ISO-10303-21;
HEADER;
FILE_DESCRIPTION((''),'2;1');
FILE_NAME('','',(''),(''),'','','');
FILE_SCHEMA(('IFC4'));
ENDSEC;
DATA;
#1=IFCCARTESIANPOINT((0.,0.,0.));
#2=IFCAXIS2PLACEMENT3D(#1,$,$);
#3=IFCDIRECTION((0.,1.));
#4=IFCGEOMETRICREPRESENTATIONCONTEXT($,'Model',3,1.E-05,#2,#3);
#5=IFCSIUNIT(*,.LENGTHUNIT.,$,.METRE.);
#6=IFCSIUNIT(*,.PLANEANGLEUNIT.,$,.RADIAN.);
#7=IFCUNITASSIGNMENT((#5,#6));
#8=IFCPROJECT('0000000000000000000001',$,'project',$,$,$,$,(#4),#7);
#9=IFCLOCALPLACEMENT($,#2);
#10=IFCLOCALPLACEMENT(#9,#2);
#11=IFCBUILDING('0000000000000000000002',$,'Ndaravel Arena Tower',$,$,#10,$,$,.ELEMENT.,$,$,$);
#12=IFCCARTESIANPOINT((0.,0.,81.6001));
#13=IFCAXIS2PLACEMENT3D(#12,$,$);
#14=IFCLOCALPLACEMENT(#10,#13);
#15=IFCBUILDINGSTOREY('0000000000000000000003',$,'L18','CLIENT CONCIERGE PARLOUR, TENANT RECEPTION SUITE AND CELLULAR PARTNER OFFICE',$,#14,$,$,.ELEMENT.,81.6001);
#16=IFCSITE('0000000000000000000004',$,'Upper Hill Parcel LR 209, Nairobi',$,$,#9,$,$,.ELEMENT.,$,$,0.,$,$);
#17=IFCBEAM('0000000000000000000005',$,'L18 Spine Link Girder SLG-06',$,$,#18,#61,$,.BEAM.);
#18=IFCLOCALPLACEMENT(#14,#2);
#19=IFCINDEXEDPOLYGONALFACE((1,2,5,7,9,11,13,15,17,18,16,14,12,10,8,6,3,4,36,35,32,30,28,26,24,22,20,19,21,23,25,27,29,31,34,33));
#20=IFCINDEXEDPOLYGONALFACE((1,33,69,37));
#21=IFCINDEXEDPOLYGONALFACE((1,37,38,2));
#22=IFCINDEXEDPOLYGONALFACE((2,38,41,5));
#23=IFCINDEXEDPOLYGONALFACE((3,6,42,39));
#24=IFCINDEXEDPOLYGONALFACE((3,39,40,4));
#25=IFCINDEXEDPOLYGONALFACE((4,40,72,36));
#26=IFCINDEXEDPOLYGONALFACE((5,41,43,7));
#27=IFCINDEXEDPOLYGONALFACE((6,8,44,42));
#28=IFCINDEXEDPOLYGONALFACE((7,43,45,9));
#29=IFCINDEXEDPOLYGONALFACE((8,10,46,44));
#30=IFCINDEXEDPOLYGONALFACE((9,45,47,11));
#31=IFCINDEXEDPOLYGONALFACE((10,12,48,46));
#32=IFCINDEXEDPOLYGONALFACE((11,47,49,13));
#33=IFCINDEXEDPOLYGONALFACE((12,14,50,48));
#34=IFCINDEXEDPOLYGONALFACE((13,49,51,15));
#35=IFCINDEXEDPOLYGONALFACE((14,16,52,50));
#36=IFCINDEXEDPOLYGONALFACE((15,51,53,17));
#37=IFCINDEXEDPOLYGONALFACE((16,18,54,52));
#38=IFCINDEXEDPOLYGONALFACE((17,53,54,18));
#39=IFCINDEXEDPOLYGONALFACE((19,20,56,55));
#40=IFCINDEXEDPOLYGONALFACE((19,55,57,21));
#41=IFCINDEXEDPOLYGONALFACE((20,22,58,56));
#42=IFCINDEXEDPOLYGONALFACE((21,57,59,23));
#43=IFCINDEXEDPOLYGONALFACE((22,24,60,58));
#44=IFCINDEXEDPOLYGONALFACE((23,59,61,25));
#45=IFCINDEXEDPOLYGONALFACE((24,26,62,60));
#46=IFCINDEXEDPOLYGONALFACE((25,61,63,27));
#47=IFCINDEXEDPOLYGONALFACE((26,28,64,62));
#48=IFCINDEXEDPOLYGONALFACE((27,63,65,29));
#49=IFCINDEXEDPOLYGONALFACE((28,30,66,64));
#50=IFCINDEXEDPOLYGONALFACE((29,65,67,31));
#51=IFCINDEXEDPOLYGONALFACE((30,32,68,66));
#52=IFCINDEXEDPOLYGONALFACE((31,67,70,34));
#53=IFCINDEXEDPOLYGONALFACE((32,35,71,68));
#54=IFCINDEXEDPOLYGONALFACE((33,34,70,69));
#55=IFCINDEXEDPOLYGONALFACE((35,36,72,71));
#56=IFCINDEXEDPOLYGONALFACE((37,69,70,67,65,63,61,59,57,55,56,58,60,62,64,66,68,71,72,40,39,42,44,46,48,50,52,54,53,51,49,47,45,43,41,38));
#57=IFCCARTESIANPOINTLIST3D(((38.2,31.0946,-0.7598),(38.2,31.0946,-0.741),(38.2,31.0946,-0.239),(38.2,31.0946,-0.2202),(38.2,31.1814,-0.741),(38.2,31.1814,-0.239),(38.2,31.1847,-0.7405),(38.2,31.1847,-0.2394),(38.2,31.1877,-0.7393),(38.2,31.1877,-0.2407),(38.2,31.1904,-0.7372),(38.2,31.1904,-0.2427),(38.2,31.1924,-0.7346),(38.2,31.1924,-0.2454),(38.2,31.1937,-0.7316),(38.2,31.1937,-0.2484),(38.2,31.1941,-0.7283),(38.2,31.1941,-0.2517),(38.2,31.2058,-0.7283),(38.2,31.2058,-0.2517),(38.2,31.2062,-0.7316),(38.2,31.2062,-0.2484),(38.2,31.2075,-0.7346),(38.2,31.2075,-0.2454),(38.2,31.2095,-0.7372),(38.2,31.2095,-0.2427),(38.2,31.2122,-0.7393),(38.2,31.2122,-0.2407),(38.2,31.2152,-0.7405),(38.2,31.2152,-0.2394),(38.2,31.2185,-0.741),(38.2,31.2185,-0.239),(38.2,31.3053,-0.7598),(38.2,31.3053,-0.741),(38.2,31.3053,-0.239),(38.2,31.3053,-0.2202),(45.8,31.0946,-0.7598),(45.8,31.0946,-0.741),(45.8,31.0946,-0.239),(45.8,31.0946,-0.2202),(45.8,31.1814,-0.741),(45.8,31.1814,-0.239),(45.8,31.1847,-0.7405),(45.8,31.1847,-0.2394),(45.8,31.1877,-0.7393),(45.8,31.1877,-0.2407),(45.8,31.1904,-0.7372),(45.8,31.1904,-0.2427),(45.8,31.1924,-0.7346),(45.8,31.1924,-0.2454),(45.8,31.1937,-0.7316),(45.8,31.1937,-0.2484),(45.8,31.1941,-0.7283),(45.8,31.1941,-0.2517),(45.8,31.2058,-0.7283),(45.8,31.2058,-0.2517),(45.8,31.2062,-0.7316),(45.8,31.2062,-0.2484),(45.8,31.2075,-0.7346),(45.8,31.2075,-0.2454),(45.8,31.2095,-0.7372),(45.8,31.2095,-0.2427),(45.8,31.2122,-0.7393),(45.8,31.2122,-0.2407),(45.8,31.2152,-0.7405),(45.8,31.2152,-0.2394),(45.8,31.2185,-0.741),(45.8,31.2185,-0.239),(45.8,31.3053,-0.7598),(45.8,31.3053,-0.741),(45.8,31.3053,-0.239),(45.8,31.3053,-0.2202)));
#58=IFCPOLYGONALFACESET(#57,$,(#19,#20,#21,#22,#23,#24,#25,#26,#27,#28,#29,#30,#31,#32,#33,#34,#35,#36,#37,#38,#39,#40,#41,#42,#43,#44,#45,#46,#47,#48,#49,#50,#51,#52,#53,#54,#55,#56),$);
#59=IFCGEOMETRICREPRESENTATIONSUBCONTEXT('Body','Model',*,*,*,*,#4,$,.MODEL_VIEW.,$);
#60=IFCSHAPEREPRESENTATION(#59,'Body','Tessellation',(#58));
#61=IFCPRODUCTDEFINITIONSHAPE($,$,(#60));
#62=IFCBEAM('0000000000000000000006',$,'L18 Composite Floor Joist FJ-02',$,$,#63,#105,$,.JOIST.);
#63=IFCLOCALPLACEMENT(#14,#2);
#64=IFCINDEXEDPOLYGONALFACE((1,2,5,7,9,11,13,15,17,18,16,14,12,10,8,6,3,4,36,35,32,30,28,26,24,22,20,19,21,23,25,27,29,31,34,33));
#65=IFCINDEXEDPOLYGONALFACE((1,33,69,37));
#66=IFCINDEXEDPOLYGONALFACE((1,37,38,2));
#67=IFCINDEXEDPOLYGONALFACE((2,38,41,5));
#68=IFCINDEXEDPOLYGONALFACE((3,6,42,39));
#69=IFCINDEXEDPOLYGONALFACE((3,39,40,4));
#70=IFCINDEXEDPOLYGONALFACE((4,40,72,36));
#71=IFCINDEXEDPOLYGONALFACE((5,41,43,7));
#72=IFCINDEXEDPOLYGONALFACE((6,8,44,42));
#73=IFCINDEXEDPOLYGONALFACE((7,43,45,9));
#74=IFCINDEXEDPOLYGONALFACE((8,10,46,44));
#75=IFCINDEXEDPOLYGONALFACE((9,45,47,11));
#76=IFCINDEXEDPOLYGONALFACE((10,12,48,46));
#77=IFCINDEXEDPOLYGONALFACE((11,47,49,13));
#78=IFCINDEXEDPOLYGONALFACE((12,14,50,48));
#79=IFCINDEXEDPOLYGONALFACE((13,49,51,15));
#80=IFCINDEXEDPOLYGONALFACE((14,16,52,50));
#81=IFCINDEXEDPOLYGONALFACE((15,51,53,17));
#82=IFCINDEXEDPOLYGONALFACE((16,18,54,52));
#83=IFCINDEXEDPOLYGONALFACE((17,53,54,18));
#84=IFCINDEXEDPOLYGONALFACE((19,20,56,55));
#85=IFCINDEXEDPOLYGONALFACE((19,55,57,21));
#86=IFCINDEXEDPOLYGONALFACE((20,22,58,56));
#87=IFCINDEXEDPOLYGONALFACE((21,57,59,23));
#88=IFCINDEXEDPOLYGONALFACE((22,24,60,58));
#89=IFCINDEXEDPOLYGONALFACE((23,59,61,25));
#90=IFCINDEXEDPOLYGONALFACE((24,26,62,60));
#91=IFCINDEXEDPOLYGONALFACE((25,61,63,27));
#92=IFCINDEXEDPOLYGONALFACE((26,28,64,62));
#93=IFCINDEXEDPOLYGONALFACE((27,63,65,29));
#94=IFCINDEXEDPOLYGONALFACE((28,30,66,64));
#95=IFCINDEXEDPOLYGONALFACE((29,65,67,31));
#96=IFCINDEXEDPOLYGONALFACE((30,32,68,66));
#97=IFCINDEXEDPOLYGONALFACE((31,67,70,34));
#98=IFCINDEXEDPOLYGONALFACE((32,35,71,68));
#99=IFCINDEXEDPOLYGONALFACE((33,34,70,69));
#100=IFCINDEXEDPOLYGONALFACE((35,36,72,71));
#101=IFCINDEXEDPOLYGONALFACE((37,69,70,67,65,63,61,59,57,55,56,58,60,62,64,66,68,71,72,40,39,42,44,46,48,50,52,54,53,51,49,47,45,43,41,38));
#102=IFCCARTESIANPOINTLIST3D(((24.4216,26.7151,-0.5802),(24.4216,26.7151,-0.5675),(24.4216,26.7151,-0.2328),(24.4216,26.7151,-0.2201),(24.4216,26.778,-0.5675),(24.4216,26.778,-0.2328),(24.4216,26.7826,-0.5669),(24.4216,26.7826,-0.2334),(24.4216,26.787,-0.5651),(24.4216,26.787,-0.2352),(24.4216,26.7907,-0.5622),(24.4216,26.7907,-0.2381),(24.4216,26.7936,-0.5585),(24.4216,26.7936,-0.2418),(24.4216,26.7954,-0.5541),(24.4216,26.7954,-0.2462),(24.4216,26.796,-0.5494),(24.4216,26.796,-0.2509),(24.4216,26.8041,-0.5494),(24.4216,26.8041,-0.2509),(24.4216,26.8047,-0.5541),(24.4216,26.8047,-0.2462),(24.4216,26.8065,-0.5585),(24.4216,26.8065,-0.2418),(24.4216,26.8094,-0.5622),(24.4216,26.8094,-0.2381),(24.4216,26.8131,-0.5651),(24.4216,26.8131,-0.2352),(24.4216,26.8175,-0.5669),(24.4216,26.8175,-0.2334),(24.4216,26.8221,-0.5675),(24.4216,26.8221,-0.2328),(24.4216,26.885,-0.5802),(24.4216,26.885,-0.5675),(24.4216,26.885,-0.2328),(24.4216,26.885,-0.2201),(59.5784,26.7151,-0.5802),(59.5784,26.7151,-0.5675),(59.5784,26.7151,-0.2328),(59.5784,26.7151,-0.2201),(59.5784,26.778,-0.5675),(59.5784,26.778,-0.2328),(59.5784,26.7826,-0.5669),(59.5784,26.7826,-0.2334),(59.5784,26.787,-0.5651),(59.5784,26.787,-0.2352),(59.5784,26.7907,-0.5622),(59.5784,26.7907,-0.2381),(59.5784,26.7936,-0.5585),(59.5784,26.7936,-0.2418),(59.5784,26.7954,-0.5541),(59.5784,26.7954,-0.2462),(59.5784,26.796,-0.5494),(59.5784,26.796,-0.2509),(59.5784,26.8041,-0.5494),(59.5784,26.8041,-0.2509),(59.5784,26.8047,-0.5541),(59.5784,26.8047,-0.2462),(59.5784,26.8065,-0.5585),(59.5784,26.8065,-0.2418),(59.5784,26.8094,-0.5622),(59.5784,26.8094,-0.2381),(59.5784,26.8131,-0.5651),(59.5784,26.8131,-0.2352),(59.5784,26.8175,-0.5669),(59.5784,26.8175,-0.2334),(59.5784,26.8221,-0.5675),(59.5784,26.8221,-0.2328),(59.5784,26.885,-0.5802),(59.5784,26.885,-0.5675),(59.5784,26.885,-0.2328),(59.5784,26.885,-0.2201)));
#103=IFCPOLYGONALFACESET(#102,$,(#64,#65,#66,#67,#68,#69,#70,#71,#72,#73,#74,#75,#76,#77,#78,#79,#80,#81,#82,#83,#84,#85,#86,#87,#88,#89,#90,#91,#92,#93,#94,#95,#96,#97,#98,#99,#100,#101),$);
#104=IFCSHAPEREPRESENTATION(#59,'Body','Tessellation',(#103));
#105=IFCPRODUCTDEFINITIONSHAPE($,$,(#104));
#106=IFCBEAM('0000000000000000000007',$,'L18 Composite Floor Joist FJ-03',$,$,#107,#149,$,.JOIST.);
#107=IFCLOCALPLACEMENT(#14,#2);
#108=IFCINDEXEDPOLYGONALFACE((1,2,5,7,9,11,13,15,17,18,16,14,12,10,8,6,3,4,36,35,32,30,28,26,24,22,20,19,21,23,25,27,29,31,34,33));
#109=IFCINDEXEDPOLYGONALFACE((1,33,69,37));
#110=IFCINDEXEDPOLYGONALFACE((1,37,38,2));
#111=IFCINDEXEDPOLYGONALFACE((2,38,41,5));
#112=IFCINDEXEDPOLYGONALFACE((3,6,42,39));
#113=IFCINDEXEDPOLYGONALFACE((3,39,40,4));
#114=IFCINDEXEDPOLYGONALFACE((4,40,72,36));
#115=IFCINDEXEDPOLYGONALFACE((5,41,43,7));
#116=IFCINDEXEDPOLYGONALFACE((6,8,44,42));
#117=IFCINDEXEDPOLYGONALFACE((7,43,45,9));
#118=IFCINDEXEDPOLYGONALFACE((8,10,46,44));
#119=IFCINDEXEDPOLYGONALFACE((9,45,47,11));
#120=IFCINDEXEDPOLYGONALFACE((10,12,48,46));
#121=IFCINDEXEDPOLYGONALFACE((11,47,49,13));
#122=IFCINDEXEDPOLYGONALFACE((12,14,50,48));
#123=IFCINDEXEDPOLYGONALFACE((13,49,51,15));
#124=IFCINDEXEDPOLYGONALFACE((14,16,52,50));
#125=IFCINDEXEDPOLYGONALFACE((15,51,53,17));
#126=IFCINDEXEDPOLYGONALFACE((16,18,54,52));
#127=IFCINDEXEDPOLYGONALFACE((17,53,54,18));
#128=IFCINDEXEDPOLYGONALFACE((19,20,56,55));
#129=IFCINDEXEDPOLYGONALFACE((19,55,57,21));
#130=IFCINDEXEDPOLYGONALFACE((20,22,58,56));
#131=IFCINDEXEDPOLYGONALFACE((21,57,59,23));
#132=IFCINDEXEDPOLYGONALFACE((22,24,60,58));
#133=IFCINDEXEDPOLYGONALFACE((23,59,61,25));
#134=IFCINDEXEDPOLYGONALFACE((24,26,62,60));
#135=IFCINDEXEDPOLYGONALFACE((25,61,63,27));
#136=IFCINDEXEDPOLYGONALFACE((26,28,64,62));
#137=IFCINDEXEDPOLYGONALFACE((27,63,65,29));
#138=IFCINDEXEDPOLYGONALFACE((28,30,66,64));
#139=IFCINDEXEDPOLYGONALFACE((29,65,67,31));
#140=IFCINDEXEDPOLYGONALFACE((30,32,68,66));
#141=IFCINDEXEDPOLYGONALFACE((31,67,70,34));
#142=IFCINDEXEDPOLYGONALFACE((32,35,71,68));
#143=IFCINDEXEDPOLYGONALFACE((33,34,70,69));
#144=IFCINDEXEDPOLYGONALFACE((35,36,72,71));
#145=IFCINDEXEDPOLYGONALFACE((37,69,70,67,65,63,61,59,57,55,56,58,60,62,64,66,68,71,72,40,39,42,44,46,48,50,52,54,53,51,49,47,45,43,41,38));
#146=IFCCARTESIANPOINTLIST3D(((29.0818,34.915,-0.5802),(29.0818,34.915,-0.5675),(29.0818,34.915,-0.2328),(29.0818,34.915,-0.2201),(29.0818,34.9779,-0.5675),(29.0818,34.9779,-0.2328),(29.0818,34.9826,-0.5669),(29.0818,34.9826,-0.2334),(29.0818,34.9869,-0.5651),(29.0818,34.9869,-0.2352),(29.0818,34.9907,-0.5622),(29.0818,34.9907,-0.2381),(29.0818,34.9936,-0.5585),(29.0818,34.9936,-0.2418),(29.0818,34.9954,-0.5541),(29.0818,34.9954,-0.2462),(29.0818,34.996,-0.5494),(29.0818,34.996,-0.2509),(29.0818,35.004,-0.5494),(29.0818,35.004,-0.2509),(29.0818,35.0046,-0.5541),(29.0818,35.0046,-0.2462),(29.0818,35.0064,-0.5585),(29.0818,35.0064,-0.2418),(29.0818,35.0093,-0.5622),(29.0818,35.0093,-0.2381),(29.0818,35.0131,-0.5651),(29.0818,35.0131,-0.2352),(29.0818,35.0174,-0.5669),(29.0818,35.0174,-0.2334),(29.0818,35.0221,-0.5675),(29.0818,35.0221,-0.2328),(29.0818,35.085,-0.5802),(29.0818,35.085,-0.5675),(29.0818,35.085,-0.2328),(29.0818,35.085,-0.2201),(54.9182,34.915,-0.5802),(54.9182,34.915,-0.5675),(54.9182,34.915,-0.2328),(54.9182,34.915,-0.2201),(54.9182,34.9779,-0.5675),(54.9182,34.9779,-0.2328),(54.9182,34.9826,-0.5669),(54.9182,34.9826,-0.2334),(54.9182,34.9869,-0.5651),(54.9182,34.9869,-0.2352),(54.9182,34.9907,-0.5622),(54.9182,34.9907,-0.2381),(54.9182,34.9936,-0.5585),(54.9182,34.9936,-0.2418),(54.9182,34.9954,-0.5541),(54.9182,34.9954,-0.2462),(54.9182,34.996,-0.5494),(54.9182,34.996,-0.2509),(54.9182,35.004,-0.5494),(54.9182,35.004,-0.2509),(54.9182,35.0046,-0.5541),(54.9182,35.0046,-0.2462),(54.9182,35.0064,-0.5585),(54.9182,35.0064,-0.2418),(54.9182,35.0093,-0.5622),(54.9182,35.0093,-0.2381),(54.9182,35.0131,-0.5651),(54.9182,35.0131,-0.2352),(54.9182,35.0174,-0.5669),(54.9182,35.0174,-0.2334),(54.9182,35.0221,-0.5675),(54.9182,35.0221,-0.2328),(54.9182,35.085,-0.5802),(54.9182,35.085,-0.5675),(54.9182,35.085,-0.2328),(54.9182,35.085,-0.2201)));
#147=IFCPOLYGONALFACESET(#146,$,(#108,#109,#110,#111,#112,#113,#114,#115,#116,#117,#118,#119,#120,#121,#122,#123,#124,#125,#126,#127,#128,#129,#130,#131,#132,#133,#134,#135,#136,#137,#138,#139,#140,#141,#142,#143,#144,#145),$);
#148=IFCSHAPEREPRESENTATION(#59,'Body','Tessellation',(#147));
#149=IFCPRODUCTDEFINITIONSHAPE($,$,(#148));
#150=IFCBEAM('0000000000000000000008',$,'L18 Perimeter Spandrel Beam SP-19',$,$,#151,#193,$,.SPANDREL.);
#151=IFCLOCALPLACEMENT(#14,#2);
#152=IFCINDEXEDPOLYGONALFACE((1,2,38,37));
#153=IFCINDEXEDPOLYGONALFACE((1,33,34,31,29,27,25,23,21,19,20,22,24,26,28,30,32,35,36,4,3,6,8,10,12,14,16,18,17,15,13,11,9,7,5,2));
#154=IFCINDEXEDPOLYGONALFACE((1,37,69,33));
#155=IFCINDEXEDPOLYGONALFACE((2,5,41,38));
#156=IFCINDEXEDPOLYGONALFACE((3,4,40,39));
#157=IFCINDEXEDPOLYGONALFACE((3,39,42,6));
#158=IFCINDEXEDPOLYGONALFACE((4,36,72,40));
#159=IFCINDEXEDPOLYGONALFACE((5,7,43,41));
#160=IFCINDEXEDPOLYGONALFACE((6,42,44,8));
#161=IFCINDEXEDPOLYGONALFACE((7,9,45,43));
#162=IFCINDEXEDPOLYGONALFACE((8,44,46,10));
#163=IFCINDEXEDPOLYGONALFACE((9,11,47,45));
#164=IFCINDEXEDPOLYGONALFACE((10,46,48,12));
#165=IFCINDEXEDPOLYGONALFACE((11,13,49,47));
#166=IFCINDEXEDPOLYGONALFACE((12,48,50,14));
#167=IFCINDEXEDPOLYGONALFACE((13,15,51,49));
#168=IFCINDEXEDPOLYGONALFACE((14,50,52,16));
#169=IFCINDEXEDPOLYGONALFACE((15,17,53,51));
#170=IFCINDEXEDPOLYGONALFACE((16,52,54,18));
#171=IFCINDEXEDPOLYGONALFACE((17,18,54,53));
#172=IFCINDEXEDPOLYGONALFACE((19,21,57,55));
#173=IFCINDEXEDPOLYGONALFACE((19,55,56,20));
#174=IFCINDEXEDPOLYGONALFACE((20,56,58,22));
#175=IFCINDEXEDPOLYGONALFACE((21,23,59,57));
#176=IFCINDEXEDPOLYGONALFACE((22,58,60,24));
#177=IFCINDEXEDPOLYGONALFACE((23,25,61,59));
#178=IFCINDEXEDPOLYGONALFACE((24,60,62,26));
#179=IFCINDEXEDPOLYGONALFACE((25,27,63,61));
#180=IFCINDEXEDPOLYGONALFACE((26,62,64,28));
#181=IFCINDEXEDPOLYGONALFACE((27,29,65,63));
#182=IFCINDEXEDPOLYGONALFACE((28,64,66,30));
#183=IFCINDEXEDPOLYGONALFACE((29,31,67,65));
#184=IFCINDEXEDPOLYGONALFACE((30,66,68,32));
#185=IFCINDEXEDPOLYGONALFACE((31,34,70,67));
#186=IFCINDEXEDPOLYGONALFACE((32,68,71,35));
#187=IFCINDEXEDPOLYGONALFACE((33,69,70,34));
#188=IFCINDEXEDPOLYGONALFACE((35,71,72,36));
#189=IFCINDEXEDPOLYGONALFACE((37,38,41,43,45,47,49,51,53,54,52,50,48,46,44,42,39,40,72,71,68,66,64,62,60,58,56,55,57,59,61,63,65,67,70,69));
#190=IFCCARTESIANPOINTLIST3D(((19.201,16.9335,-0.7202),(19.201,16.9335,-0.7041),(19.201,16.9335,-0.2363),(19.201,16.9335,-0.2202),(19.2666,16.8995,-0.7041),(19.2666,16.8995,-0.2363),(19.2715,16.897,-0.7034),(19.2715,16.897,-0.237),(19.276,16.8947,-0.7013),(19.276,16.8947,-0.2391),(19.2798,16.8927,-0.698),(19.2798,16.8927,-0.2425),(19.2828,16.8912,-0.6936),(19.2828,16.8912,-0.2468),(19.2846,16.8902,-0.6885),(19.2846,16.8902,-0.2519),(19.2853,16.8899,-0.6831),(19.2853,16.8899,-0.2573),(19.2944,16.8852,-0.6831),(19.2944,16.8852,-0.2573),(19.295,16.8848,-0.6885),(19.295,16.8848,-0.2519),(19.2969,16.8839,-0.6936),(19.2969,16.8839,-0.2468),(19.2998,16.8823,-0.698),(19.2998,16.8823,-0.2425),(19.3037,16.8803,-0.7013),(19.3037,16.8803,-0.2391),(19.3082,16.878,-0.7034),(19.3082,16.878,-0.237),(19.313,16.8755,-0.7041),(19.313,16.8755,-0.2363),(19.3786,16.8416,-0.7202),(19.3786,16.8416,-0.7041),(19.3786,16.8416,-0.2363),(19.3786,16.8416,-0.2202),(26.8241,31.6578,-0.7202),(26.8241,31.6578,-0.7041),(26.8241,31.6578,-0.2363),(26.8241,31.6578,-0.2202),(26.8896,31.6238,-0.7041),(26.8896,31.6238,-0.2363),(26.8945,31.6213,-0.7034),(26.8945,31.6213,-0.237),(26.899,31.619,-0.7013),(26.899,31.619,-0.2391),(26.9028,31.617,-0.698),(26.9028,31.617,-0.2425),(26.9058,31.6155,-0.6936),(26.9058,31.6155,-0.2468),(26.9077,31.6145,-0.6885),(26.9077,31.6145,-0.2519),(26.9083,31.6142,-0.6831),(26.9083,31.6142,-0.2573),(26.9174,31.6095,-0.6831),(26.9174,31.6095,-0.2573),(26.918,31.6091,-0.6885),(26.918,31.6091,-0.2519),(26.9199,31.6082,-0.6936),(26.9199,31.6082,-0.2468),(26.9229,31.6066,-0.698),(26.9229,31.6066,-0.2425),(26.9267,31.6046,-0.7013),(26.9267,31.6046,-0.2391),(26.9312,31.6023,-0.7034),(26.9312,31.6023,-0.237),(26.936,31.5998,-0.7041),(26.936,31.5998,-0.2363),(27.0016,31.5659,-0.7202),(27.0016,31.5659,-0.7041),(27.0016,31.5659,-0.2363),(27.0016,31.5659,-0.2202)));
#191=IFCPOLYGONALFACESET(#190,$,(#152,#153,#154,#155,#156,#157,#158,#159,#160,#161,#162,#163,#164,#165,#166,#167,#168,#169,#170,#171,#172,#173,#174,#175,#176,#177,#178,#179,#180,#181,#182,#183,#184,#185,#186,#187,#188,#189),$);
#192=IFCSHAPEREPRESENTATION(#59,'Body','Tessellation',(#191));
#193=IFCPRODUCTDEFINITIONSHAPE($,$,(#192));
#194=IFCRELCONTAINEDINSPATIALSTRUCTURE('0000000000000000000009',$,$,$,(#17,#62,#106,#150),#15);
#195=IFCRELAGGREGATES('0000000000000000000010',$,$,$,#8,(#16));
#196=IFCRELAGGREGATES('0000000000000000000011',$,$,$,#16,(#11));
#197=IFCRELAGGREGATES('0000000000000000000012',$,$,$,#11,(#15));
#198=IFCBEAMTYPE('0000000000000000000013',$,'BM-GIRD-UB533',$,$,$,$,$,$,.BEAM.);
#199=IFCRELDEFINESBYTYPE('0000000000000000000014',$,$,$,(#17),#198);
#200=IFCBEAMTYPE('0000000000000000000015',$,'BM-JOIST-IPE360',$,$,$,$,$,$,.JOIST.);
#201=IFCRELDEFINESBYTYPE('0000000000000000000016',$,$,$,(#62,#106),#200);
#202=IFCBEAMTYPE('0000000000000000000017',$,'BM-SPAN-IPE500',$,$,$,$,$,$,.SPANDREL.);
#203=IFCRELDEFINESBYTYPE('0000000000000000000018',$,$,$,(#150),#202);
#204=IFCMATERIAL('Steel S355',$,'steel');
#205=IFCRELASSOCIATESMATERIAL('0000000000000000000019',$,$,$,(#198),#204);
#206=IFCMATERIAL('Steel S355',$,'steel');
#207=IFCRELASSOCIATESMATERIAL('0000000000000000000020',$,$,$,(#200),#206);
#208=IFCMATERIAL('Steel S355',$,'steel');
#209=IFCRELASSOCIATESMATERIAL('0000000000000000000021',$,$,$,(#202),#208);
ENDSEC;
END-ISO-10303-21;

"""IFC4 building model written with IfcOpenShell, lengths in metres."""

from ifc_helpers import new_model, si_unit, direction, frame, origin, origin_2d, place, context, subcontext, project, spatial, i_section, extrude, material, material_profile, profile_set, type_object, element, save


model = new_model("IFC4")

# Units and contexts
model_context = context("Model", 3, precision=1e-05, world=origin(), true_north=direction((0.0, 1.0)))
body_context = subcontext(model_context, "Body", "Model", "MODEL_VIEW")
ifc_project = project(units=[si_unit("LENGTHUNIT", "METRE"), si_unit("PLANEANGLEUNIT", "RADIAN")], contexts=[model_context])

# Site, building, storey
site_placement = place(None, origin())
site = spatial("IfcSite", under=ifc_project, at=site_placement, Name="Upper Hill Parcel LR 209, Nairobi", CompositionType="ELEMENT", RefElevation=0.0)
building_placement = place(site_placement, origin())
building = spatial("IfcBuilding", under=site, at=building_placement, Name="Ndaravel Arena Tower", CompositionType="ELEMENT")
storey_placement = place(building_placement, frame((0.0, 0.0, 81.6001)))
storey = spatial("IfcBuildingStorey", under=building, at=storey_placement, Name="L18", Description="CLIENT CONCIERGE PARLOUR, TENANT RECEPTION SUITE AND CELLULAR PARTNER OFFICE", CompositionType="ELEMENT", Elevation=81.6001)

# Beams
ifc_material_1 = material(Name="Steel S355", Category="steel")
ifc_material_profile_1 = material_profile(ifc_material_1, i_section(OverallWidth=0.2107, OverallDepth=0.5396, WebThickness=0.0117, FlangeThickness=0.0188, FilletRadius=0.0127, at=origin_2d()), Name="UB 533x210x109")
ifc_profile_set_1 = profile_set([ifc_material_profile_1], Name="Steel S355")
beam_type_1 = type_object("IfcBeamType", Name="BM-GIRD-UB533", PredefinedType="BEAM", material=ifc_profile_set_1)
beam_1_placement = place(storey_placement, frame((38.2, 31.2, -0.49), z_axis=(1.0, 0.0, 0.0), x_axis=(0.0, 1.0, 0.0)))
element("IfcBeam", 1, at=beam_1_placement, inside=storey, type_object=beam_type_1, Name="L18 Spine Link Girder SLG-06", PredefinedType="BEAM", context=body_context, shape_type="SweptSolid", body=[
    extrude(i_section(OverallWidth=0.2107, OverallDepth=0.5396, WebThickness=0.0117, FlangeThickness=0.0188, FilletRadius=0.0127, at=origin_2d()), origin(), (0.0, 0.0, 1.0), 7.6001),
])
ifc_material_2 = material(Name="Steel S355", Category="steel")
ifc_material_profile_2 = material_profile(ifc_material_2, i_section(OverallWidth=0.1699, OverallDepth=0.3601, WebThickness=0.0081, FlangeThickness=0.0127, FilletRadius=0.0181, at=origin_2d()), Name="IPE 360")
ifc_profile_set_2 = profile_set([ifc_material_profile_2], Name="Steel S355")
beam_type_2 = type_object("IfcBeamType", Name="BM-JOIST-IPE360", PredefinedType="JOIST", material=ifc_profile_set_2)
beam_2_placement = place(storey_placement, frame((24.4216, 26.8, -0.4001), z_axis=(1.0, 0.0, 0.0), x_axis=(0.0, 1.0, 0.0)))
element("IfcBeam", 2, at=beam_2_placement, inside=storey, type_object=beam_type_2, Name="L18 Composite Floor Joist FJ-02", PredefinedType="JOIST", context=body_context, shape_type="SweptSolid", body=[
    extrude(i_section(OverallWidth=0.1699, OverallDepth=0.3601, WebThickness=0.0081, FlangeThickness=0.0127, FilletRadius=0.0181, at=origin_2d()), origin(), (0.0, 0.0, 1.0), 35.1567),
])
beam_3_placement = place(storey_placement, frame((29.0818, 35.0, -0.4001), z_axis=(1.0, 0.0, 0.0), x_axis=(0.0, 1.0, 0.0)))
element("IfcBeam", 3, at=beam_3_placement, inside=storey, type_object=beam_type_2, Name="L18 Composite Floor Joist FJ-03", PredefinedType="JOIST", context=body_context, shape_type="SweptSolid", body=[
    extrude(i_section(OverallWidth=0.1699, OverallDepth=0.3601, WebThickness=0.0081, FlangeThickness=0.0127, FilletRadius=0.0181, at=origin_2d()), origin(), (0.0, 0.0, 1.0), 25.8364),
])
ifc_material_3 = material(Name="Steel S355", Category="steel")
ifc_material_profile_3 = material_profile(ifc_material_3, i_section(OverallWidth=0.2, OverallDepth=0.5, WebThickness=0.0103, FlangeThickness=0.0161, FilletRadius=0.021, at=origin_2d()), Name="IPE 500")
ifc_profile_set_3 = profile_set([ifc_material_profile_3], Name="Steel S355")
beam_type_3 = type_object("IfcBeamType", Name="BM-SPAN-IPE500", PredefinedType="SPANDREL", material=ifc_profile_set_3)
beam_4_placement = place(storey_placement, frame((26.9128, 31.6118, -0.4702), z_axis=(-0.459756, -0.888045, 0.0), x_axis=(0.888045, -0.459756, 0.0)))
element("IfcBeam", 4, at=beam_4_placement, inside=storey, type_object=beam_type_3, Name="L18 Perimeter Spandrel Beam SP-19", PredefinedType="SPANDREL", context=body_context, shape_type="SweptSolid", body=[
    extrude(i_section(OverallWidth=0.2, OverallDepth=0.5, WebThickness=0.0103, FlangeThickness=0.0161, FilletRadius=0.021, at=origin_2d()), origin(), (0.0, 0.0, 1.0), 16.5806),
])

save(model, "model.ifc")
